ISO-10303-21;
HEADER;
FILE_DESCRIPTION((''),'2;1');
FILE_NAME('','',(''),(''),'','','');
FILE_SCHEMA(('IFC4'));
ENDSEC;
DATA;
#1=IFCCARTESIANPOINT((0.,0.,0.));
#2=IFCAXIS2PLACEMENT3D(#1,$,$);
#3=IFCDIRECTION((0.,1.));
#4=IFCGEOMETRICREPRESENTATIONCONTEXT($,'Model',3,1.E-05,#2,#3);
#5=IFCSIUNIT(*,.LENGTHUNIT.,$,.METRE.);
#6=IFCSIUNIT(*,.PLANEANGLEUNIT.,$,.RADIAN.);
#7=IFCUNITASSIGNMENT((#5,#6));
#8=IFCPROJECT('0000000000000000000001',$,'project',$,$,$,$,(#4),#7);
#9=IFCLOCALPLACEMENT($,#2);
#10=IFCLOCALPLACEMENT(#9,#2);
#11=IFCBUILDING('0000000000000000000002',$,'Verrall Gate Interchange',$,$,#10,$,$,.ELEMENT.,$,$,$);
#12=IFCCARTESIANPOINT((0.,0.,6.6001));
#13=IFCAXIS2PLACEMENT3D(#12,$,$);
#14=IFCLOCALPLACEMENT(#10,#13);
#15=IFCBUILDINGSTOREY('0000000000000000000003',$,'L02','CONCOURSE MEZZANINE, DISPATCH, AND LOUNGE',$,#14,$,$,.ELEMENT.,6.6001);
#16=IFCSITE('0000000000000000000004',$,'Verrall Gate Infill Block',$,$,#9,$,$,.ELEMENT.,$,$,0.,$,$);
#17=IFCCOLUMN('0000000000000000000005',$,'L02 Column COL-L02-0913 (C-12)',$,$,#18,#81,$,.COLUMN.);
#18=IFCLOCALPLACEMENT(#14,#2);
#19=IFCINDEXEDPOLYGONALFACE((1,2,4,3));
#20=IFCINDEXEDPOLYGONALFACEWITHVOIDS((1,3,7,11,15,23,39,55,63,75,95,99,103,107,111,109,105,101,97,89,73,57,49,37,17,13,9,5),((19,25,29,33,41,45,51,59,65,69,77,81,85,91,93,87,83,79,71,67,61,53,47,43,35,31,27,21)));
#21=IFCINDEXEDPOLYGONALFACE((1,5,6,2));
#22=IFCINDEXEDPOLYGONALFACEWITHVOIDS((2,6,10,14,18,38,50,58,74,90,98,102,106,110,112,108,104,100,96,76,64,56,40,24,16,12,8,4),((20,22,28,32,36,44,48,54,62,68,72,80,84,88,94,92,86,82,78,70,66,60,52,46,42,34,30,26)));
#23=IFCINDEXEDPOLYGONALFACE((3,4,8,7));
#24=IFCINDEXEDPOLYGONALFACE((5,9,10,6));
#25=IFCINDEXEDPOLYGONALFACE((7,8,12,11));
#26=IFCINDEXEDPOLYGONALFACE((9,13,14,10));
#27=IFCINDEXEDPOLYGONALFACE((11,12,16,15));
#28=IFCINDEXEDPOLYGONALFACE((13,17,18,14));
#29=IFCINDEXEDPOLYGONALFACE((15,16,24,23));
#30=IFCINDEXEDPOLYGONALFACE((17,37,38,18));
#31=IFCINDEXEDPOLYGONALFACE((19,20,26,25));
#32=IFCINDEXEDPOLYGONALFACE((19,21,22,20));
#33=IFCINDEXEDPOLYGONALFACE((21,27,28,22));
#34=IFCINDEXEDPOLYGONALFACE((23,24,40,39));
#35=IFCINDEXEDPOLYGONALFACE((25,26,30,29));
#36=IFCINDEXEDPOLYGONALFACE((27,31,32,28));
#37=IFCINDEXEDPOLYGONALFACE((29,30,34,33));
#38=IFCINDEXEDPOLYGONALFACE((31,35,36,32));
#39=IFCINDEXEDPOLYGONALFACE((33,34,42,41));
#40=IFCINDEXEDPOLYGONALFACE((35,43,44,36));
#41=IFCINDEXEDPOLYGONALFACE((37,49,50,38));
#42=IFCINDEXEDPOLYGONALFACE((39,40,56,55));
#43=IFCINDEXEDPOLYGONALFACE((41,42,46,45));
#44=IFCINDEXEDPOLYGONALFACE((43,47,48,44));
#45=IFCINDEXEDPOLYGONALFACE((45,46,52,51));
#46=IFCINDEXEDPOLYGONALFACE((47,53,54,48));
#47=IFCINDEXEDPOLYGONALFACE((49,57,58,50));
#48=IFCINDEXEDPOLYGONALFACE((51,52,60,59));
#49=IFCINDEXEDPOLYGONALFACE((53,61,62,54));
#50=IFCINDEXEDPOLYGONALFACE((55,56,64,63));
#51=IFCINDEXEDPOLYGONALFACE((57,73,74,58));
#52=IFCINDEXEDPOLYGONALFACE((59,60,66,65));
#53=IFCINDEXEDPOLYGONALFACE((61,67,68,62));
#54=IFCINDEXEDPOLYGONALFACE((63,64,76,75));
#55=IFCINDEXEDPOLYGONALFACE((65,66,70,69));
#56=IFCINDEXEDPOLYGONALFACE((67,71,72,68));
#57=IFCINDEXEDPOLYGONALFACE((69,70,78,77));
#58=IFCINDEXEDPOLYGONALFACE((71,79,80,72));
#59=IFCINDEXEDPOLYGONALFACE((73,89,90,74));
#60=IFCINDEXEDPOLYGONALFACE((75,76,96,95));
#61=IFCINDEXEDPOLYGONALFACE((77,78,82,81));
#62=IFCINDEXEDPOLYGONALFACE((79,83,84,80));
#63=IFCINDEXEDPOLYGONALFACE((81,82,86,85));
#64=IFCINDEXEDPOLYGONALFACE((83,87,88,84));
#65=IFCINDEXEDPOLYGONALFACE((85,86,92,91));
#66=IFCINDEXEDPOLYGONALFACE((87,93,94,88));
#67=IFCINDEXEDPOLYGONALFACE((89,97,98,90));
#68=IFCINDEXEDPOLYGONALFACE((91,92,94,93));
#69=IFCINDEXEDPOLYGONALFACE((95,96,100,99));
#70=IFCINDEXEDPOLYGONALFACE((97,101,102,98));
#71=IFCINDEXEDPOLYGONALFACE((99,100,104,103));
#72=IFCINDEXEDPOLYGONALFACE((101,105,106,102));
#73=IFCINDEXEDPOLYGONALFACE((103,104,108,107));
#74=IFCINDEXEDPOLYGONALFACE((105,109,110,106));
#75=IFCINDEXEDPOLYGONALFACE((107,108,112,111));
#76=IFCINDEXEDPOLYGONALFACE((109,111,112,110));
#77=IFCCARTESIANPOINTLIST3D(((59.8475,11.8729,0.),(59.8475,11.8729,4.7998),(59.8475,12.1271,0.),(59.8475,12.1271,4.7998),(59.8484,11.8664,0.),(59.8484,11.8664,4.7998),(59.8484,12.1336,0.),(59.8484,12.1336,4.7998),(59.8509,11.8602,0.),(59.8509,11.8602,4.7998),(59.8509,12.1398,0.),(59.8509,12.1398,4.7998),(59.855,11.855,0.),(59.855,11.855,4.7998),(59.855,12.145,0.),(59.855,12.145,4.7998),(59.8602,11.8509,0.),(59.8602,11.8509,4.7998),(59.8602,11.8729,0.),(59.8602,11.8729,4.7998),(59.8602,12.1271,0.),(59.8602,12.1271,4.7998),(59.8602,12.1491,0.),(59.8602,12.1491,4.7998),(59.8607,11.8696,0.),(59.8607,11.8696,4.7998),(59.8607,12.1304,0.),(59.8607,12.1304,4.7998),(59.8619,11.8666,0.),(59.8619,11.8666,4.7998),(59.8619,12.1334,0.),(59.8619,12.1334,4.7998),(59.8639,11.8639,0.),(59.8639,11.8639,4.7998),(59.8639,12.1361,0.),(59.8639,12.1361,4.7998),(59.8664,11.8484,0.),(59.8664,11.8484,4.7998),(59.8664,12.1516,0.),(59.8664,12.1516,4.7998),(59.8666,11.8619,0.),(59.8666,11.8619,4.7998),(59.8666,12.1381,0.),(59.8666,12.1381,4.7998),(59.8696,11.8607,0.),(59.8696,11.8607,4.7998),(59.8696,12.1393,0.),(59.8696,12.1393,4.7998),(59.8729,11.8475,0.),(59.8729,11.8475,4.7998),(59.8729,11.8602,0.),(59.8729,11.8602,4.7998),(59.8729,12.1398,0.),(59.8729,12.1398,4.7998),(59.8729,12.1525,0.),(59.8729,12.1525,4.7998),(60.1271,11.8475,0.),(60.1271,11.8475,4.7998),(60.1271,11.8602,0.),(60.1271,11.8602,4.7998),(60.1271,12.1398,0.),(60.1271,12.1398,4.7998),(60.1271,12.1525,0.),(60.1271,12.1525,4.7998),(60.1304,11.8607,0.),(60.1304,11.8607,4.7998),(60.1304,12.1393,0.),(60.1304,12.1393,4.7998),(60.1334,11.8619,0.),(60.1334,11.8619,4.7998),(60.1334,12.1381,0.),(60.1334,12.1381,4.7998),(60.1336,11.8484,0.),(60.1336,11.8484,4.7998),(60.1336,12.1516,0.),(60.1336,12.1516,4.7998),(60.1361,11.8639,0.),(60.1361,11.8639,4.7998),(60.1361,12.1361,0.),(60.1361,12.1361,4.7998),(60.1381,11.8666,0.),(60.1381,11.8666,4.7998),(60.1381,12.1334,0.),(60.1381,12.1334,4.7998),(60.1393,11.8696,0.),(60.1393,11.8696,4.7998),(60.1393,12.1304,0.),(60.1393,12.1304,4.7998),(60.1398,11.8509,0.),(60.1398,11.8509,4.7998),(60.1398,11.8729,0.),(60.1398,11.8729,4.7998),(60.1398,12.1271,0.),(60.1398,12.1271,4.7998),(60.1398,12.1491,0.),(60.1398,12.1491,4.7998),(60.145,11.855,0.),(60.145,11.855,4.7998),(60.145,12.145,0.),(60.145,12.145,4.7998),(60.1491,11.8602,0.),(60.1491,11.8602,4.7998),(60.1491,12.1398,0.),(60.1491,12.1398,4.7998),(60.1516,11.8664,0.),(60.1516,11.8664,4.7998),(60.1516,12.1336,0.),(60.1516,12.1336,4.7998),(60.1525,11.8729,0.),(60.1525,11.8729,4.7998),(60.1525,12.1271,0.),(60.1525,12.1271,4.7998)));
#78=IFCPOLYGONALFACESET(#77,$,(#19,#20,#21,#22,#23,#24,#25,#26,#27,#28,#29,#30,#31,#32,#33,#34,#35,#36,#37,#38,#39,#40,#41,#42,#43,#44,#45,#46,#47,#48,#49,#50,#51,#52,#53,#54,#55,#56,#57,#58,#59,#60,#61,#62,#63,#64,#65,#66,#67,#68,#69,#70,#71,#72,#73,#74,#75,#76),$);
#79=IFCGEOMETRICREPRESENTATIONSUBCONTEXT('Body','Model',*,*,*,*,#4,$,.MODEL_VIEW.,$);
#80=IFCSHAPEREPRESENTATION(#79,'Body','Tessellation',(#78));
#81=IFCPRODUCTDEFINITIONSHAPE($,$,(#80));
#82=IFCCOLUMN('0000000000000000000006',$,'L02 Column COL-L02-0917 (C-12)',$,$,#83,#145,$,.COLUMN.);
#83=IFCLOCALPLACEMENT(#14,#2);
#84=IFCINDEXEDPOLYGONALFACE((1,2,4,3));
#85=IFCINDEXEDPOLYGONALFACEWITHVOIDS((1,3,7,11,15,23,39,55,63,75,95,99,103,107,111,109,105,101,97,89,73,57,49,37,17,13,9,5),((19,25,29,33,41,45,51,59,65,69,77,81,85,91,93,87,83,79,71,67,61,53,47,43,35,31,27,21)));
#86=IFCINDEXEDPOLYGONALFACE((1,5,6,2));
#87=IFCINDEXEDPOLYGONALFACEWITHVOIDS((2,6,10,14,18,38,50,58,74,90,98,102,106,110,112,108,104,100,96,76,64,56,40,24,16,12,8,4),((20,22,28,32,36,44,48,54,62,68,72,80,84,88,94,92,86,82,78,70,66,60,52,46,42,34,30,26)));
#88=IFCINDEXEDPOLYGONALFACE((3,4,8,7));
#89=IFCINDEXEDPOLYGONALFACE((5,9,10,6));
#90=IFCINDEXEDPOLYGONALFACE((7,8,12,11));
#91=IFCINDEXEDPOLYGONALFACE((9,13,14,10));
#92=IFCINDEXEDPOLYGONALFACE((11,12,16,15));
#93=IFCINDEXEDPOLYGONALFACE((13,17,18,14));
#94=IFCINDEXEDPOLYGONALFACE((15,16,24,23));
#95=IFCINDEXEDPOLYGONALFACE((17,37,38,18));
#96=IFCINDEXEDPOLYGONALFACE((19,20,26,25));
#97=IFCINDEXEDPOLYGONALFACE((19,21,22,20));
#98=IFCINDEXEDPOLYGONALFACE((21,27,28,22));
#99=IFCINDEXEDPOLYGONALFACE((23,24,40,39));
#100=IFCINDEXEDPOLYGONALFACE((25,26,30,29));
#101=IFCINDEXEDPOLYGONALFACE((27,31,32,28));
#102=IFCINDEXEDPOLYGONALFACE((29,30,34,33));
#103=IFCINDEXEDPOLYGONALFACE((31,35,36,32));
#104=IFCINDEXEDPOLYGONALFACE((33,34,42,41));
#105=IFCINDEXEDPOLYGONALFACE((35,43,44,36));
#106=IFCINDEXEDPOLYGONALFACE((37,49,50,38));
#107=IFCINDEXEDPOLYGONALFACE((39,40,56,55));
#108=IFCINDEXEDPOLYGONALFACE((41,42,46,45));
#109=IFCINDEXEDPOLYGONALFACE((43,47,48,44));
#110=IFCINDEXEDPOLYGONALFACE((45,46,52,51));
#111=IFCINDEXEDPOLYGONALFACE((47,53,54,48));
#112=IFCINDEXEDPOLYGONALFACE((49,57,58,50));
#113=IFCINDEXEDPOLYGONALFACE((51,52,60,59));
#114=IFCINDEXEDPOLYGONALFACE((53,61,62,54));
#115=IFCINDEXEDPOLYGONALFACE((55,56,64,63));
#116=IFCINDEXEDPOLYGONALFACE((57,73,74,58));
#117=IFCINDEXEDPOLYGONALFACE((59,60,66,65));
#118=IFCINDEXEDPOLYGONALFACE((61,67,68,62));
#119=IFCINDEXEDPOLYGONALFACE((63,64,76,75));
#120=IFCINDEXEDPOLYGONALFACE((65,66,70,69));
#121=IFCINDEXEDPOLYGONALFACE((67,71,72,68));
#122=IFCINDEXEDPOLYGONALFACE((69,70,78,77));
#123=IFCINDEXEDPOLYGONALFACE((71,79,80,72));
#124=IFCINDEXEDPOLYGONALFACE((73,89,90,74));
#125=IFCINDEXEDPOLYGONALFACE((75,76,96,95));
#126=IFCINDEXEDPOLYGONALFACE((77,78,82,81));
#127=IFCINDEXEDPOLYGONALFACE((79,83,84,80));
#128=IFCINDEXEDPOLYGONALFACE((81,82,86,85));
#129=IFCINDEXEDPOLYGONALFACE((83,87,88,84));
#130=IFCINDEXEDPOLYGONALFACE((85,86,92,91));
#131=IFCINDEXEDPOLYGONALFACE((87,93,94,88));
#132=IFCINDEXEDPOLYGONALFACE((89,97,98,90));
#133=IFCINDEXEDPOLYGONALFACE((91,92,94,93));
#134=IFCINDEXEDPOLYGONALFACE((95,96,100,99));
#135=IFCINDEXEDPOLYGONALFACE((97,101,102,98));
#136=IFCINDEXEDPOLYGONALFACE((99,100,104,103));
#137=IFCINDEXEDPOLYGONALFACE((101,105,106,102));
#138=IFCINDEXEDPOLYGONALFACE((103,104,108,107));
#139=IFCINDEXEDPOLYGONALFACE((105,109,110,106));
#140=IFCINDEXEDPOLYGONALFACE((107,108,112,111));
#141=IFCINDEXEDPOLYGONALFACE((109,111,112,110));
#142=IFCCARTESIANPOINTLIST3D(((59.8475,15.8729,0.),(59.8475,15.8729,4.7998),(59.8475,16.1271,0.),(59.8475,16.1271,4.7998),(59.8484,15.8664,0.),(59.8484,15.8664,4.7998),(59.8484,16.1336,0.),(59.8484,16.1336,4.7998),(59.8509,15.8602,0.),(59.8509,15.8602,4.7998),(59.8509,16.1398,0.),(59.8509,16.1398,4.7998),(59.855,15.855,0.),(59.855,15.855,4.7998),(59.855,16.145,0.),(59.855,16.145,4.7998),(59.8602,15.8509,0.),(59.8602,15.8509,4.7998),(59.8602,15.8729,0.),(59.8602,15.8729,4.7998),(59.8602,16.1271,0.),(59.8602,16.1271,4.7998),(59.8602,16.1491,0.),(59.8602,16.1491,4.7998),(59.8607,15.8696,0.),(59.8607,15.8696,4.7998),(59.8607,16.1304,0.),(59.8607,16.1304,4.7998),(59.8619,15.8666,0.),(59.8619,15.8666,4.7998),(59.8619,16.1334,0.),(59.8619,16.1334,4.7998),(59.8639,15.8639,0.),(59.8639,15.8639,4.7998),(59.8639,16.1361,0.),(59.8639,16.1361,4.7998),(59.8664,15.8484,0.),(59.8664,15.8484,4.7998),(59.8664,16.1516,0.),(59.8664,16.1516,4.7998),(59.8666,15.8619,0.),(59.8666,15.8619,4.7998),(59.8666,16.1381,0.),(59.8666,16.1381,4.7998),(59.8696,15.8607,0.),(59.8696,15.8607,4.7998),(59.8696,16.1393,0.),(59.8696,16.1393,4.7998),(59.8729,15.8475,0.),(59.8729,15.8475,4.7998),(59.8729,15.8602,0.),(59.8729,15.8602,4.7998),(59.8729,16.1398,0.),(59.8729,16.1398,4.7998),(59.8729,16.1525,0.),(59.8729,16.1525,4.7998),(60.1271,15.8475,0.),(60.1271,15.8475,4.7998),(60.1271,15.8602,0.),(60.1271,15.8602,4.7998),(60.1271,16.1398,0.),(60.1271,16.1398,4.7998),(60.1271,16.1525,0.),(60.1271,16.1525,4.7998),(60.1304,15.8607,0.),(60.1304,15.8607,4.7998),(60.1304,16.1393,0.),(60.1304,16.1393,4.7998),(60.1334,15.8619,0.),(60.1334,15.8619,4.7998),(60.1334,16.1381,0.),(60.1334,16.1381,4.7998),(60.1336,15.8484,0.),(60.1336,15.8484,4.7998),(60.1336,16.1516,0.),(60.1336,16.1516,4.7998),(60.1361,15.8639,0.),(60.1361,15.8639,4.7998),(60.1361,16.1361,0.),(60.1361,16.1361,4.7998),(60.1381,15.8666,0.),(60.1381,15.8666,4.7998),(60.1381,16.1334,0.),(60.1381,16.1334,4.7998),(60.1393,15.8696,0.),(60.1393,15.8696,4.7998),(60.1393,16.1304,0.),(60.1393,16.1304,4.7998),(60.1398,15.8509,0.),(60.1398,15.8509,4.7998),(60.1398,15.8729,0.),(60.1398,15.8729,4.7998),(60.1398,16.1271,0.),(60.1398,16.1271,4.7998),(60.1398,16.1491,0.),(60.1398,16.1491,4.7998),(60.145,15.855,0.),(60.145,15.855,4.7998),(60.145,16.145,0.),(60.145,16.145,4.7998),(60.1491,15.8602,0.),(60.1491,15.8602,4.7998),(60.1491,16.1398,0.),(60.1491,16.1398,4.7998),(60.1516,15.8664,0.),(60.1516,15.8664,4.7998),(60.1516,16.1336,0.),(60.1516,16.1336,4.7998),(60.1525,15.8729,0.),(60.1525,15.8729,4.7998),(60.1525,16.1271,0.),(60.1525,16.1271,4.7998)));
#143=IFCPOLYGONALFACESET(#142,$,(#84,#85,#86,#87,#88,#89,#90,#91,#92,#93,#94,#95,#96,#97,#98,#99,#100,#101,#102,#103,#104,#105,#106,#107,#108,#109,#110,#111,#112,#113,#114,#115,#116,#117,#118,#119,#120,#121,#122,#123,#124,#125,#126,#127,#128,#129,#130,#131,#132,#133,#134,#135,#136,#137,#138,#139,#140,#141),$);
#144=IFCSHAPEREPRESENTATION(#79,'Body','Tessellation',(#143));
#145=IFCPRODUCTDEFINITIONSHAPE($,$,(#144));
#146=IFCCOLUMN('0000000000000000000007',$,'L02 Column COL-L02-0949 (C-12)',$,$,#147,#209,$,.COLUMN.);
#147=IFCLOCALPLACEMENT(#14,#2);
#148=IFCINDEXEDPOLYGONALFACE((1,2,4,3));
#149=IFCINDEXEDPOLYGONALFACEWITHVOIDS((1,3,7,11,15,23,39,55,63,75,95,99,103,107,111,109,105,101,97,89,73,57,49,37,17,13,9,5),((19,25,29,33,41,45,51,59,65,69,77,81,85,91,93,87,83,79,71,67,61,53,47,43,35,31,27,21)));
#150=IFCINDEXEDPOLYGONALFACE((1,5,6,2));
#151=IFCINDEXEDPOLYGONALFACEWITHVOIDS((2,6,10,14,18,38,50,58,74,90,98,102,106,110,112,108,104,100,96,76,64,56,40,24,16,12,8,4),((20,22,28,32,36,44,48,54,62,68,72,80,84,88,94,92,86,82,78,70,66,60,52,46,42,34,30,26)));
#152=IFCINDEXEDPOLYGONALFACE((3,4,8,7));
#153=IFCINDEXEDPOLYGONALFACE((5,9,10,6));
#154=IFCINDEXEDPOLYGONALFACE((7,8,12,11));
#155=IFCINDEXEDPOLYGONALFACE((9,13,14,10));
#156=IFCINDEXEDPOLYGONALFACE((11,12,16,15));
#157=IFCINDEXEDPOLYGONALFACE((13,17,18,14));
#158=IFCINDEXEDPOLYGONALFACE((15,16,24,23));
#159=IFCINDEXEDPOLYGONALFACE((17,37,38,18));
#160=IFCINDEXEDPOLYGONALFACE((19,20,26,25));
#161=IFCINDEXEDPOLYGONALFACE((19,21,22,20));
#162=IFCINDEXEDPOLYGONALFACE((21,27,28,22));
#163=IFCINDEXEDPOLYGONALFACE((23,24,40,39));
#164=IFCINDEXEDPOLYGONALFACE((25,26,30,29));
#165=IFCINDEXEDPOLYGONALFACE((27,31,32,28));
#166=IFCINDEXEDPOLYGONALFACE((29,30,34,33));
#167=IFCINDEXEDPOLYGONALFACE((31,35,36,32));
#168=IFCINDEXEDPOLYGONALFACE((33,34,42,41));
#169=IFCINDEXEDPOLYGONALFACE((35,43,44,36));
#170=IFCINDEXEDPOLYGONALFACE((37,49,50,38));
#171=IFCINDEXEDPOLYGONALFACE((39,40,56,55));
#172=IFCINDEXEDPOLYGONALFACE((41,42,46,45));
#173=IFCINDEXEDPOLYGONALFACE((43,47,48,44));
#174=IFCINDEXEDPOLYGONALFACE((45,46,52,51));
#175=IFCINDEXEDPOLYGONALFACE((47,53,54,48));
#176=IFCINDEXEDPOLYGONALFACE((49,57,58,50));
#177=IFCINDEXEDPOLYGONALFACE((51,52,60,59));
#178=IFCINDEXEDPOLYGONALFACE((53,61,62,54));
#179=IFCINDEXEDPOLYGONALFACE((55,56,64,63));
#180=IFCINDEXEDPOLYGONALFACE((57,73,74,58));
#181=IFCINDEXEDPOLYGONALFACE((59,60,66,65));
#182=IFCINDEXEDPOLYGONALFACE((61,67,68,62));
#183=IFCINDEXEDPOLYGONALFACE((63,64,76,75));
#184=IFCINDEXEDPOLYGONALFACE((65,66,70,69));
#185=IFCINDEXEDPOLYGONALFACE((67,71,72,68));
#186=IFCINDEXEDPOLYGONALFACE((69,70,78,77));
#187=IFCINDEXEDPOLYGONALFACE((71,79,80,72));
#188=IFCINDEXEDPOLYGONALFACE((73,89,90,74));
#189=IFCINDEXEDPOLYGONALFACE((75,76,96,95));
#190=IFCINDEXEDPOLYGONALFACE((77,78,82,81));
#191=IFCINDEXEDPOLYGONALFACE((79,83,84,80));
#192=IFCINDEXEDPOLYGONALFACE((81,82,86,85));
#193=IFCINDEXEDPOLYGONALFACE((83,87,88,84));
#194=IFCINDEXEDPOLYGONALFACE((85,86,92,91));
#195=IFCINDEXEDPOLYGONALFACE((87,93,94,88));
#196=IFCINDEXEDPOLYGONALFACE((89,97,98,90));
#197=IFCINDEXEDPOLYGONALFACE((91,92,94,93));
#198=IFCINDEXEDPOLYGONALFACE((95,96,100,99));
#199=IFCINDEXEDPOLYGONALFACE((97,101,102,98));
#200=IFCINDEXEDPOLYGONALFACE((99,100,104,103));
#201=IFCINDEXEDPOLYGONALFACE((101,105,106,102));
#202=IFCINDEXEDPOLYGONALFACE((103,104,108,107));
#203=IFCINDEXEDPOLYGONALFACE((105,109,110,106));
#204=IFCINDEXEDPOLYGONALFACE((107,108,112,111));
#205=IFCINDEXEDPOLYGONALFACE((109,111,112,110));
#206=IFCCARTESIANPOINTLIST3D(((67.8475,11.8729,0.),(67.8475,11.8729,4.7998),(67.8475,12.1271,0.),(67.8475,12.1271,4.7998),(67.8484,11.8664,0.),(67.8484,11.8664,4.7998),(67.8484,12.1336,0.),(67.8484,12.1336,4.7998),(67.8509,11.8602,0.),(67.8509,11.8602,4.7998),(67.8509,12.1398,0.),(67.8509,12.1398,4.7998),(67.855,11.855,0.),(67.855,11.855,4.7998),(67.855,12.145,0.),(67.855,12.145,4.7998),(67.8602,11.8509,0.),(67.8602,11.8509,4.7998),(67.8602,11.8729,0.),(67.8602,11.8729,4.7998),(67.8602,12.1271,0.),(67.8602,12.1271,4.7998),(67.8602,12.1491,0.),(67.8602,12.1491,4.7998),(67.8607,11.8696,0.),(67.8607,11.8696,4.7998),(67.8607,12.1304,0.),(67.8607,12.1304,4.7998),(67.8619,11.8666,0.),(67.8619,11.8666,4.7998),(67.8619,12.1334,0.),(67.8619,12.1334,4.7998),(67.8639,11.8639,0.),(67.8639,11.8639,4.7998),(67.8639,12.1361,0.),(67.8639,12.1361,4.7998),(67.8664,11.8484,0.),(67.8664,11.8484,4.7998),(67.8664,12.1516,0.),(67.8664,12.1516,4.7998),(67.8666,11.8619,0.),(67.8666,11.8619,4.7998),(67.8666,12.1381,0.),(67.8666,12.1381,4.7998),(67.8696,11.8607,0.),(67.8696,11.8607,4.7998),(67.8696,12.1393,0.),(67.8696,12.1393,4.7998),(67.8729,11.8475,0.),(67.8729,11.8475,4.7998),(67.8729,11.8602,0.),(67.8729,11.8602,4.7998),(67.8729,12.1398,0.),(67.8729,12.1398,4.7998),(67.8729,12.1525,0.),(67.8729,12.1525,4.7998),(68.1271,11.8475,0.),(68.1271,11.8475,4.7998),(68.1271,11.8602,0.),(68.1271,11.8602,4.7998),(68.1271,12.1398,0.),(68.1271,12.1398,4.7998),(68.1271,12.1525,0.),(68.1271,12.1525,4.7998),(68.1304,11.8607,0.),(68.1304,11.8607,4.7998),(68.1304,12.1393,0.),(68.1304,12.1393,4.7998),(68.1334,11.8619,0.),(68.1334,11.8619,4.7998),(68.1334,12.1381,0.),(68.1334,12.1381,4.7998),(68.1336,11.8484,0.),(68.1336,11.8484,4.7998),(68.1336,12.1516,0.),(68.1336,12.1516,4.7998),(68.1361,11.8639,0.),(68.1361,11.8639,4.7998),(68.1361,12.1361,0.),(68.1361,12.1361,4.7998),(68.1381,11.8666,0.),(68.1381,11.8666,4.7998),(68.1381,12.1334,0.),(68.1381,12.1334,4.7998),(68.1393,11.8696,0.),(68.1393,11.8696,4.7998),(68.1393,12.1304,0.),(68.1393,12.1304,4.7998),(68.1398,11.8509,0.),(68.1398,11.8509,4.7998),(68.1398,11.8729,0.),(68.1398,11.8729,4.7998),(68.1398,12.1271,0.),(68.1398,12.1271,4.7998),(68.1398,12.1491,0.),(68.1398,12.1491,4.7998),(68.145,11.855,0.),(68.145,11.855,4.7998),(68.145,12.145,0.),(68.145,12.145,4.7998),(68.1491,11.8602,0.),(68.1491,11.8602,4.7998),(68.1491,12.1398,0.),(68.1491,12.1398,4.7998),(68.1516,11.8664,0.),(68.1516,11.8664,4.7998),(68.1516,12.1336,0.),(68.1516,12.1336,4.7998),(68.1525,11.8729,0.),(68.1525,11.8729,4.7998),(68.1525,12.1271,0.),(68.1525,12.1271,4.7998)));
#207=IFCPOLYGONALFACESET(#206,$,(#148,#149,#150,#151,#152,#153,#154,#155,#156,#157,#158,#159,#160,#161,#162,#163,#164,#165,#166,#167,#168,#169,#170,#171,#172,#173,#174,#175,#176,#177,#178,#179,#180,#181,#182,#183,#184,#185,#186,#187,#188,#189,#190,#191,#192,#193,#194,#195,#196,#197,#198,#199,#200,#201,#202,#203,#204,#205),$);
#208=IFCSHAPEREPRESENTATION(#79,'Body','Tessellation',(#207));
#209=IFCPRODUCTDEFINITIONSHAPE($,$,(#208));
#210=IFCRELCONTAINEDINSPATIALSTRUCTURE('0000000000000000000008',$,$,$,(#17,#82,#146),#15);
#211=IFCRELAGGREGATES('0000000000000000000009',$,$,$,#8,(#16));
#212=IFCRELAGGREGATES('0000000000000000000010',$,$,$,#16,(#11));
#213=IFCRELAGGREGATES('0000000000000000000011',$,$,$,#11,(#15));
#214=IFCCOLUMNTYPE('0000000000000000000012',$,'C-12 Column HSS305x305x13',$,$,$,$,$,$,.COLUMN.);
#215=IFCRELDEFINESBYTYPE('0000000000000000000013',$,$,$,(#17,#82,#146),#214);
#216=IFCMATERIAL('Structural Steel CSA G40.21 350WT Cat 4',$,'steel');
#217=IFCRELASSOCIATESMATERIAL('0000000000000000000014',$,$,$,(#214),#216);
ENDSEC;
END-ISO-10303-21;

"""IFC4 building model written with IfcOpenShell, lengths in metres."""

from ifc_helpers import new_model, si_unit, direction, frame, origin, origin_2d, place, context, subcontext, project, spatial, hollow_rectangle, extrude, material, material_profile, profile_set, type_object, element, save


model = new_model("IFC4")

# Units and contexts
model_context = context("Model", 3, precision=1e-05, world=origin(), true_north=direction((0.0, 1.0)))
body_context = subcontext(model_context, "Body", "Model", "MODEL_VIEW")
ifc_project = project(units=[si_unit("LENGTHUNIT", "METRE"), si_unit("PLANEANGLEUNIT", "RADIAN")], contexts=[model_context])

# Site, building, storey
site_placement = place(None, origin())
site = spatial("IfcSite", under=ifc_project, at=site_placement, Name="Verrall Gate Infill Block", CompositionType="ELEMENT", RefElevation=0.0)
building_placement = place(site_placement, origin())
building = spatial("IfcBuilding", under=site, at=building_placement, Name="Verrall Gate Interchange", CompositionType="ELEMENT")
storey_placement = place(building_placement, frame((0.0, 0.0, 6.6001)))
storey = spatial("IfcBuildingStorey", under=building, at=storey_placement, Name="L02", Description="CONCOURSE MEZZANINE, DISPATCH, AND LOUNGE", CompositionType="ELEMENT", Elevation=6.6001)

# Columns
ifc_material_1 = material(Name="Structural Steel CSA G40.21 350WT Cat 4", Category="steel")
ifc_material_profile_1 = material_profile(ifc_material_1, hollow_rectangle(XDim=0.3049, YDim=0.3049, WallThickness=0.0127, InnerFilletRadius=0.0127, OuterFilletRadius=0.0254, at=origin_2d()), Name="HSS305x305x13")
ifc_profile_set_1 = profile_set([ifc_material_profile_1], Name="Structural Steel CSA G40.21 350WT Cat 4")
column_type = type_object("IfcColumnType", Name="C-12 Column HSS305x305x13", PredefinedType="COLUMN", material=ifc_profile_set_1)
for number, where, z_axis, x_axis, name in (
    (1, (60.0, 12.0, 0.0), (0.0, 0.0, 1.0), (1.0, 0.0, 0.0), "L02 Column COL-L02-0913 (C-12)"),
    (2, (60.0, 16.0, 0.0), (0.0, 0.0, 1.0), (1.0, 0.0, 0.0), "L02 Column COL-L02-0917 (C-12)"),
    (3, (68.0, 12.0, 0.0), (0.0, 0.0, 1.0), (1.0, 0.0, 0.0), "L02 Column COL-L02-0949 (C-12)"),
):
    element("IfcColumn", number, at=place(storey_placement, frame(where, z_axis=z_axis, x_axis=x_axis)), inside=storey, type_object=column_type, Name=name, PredefinedType="COLUMN", context=body_context, shape_type="SweptSolid", body=[
        extrude(hollow_rectangle(XDim=0.3049, YDim=0.3049, WallThickness=0.0127, InnerFilletRadius=0.0127, OuterFilletRadius=0.0254, at=origin_2d()), origin(), (0.0, 0.0, 1.0), 4.7998),
    ])

save(model, "model.ifc")
